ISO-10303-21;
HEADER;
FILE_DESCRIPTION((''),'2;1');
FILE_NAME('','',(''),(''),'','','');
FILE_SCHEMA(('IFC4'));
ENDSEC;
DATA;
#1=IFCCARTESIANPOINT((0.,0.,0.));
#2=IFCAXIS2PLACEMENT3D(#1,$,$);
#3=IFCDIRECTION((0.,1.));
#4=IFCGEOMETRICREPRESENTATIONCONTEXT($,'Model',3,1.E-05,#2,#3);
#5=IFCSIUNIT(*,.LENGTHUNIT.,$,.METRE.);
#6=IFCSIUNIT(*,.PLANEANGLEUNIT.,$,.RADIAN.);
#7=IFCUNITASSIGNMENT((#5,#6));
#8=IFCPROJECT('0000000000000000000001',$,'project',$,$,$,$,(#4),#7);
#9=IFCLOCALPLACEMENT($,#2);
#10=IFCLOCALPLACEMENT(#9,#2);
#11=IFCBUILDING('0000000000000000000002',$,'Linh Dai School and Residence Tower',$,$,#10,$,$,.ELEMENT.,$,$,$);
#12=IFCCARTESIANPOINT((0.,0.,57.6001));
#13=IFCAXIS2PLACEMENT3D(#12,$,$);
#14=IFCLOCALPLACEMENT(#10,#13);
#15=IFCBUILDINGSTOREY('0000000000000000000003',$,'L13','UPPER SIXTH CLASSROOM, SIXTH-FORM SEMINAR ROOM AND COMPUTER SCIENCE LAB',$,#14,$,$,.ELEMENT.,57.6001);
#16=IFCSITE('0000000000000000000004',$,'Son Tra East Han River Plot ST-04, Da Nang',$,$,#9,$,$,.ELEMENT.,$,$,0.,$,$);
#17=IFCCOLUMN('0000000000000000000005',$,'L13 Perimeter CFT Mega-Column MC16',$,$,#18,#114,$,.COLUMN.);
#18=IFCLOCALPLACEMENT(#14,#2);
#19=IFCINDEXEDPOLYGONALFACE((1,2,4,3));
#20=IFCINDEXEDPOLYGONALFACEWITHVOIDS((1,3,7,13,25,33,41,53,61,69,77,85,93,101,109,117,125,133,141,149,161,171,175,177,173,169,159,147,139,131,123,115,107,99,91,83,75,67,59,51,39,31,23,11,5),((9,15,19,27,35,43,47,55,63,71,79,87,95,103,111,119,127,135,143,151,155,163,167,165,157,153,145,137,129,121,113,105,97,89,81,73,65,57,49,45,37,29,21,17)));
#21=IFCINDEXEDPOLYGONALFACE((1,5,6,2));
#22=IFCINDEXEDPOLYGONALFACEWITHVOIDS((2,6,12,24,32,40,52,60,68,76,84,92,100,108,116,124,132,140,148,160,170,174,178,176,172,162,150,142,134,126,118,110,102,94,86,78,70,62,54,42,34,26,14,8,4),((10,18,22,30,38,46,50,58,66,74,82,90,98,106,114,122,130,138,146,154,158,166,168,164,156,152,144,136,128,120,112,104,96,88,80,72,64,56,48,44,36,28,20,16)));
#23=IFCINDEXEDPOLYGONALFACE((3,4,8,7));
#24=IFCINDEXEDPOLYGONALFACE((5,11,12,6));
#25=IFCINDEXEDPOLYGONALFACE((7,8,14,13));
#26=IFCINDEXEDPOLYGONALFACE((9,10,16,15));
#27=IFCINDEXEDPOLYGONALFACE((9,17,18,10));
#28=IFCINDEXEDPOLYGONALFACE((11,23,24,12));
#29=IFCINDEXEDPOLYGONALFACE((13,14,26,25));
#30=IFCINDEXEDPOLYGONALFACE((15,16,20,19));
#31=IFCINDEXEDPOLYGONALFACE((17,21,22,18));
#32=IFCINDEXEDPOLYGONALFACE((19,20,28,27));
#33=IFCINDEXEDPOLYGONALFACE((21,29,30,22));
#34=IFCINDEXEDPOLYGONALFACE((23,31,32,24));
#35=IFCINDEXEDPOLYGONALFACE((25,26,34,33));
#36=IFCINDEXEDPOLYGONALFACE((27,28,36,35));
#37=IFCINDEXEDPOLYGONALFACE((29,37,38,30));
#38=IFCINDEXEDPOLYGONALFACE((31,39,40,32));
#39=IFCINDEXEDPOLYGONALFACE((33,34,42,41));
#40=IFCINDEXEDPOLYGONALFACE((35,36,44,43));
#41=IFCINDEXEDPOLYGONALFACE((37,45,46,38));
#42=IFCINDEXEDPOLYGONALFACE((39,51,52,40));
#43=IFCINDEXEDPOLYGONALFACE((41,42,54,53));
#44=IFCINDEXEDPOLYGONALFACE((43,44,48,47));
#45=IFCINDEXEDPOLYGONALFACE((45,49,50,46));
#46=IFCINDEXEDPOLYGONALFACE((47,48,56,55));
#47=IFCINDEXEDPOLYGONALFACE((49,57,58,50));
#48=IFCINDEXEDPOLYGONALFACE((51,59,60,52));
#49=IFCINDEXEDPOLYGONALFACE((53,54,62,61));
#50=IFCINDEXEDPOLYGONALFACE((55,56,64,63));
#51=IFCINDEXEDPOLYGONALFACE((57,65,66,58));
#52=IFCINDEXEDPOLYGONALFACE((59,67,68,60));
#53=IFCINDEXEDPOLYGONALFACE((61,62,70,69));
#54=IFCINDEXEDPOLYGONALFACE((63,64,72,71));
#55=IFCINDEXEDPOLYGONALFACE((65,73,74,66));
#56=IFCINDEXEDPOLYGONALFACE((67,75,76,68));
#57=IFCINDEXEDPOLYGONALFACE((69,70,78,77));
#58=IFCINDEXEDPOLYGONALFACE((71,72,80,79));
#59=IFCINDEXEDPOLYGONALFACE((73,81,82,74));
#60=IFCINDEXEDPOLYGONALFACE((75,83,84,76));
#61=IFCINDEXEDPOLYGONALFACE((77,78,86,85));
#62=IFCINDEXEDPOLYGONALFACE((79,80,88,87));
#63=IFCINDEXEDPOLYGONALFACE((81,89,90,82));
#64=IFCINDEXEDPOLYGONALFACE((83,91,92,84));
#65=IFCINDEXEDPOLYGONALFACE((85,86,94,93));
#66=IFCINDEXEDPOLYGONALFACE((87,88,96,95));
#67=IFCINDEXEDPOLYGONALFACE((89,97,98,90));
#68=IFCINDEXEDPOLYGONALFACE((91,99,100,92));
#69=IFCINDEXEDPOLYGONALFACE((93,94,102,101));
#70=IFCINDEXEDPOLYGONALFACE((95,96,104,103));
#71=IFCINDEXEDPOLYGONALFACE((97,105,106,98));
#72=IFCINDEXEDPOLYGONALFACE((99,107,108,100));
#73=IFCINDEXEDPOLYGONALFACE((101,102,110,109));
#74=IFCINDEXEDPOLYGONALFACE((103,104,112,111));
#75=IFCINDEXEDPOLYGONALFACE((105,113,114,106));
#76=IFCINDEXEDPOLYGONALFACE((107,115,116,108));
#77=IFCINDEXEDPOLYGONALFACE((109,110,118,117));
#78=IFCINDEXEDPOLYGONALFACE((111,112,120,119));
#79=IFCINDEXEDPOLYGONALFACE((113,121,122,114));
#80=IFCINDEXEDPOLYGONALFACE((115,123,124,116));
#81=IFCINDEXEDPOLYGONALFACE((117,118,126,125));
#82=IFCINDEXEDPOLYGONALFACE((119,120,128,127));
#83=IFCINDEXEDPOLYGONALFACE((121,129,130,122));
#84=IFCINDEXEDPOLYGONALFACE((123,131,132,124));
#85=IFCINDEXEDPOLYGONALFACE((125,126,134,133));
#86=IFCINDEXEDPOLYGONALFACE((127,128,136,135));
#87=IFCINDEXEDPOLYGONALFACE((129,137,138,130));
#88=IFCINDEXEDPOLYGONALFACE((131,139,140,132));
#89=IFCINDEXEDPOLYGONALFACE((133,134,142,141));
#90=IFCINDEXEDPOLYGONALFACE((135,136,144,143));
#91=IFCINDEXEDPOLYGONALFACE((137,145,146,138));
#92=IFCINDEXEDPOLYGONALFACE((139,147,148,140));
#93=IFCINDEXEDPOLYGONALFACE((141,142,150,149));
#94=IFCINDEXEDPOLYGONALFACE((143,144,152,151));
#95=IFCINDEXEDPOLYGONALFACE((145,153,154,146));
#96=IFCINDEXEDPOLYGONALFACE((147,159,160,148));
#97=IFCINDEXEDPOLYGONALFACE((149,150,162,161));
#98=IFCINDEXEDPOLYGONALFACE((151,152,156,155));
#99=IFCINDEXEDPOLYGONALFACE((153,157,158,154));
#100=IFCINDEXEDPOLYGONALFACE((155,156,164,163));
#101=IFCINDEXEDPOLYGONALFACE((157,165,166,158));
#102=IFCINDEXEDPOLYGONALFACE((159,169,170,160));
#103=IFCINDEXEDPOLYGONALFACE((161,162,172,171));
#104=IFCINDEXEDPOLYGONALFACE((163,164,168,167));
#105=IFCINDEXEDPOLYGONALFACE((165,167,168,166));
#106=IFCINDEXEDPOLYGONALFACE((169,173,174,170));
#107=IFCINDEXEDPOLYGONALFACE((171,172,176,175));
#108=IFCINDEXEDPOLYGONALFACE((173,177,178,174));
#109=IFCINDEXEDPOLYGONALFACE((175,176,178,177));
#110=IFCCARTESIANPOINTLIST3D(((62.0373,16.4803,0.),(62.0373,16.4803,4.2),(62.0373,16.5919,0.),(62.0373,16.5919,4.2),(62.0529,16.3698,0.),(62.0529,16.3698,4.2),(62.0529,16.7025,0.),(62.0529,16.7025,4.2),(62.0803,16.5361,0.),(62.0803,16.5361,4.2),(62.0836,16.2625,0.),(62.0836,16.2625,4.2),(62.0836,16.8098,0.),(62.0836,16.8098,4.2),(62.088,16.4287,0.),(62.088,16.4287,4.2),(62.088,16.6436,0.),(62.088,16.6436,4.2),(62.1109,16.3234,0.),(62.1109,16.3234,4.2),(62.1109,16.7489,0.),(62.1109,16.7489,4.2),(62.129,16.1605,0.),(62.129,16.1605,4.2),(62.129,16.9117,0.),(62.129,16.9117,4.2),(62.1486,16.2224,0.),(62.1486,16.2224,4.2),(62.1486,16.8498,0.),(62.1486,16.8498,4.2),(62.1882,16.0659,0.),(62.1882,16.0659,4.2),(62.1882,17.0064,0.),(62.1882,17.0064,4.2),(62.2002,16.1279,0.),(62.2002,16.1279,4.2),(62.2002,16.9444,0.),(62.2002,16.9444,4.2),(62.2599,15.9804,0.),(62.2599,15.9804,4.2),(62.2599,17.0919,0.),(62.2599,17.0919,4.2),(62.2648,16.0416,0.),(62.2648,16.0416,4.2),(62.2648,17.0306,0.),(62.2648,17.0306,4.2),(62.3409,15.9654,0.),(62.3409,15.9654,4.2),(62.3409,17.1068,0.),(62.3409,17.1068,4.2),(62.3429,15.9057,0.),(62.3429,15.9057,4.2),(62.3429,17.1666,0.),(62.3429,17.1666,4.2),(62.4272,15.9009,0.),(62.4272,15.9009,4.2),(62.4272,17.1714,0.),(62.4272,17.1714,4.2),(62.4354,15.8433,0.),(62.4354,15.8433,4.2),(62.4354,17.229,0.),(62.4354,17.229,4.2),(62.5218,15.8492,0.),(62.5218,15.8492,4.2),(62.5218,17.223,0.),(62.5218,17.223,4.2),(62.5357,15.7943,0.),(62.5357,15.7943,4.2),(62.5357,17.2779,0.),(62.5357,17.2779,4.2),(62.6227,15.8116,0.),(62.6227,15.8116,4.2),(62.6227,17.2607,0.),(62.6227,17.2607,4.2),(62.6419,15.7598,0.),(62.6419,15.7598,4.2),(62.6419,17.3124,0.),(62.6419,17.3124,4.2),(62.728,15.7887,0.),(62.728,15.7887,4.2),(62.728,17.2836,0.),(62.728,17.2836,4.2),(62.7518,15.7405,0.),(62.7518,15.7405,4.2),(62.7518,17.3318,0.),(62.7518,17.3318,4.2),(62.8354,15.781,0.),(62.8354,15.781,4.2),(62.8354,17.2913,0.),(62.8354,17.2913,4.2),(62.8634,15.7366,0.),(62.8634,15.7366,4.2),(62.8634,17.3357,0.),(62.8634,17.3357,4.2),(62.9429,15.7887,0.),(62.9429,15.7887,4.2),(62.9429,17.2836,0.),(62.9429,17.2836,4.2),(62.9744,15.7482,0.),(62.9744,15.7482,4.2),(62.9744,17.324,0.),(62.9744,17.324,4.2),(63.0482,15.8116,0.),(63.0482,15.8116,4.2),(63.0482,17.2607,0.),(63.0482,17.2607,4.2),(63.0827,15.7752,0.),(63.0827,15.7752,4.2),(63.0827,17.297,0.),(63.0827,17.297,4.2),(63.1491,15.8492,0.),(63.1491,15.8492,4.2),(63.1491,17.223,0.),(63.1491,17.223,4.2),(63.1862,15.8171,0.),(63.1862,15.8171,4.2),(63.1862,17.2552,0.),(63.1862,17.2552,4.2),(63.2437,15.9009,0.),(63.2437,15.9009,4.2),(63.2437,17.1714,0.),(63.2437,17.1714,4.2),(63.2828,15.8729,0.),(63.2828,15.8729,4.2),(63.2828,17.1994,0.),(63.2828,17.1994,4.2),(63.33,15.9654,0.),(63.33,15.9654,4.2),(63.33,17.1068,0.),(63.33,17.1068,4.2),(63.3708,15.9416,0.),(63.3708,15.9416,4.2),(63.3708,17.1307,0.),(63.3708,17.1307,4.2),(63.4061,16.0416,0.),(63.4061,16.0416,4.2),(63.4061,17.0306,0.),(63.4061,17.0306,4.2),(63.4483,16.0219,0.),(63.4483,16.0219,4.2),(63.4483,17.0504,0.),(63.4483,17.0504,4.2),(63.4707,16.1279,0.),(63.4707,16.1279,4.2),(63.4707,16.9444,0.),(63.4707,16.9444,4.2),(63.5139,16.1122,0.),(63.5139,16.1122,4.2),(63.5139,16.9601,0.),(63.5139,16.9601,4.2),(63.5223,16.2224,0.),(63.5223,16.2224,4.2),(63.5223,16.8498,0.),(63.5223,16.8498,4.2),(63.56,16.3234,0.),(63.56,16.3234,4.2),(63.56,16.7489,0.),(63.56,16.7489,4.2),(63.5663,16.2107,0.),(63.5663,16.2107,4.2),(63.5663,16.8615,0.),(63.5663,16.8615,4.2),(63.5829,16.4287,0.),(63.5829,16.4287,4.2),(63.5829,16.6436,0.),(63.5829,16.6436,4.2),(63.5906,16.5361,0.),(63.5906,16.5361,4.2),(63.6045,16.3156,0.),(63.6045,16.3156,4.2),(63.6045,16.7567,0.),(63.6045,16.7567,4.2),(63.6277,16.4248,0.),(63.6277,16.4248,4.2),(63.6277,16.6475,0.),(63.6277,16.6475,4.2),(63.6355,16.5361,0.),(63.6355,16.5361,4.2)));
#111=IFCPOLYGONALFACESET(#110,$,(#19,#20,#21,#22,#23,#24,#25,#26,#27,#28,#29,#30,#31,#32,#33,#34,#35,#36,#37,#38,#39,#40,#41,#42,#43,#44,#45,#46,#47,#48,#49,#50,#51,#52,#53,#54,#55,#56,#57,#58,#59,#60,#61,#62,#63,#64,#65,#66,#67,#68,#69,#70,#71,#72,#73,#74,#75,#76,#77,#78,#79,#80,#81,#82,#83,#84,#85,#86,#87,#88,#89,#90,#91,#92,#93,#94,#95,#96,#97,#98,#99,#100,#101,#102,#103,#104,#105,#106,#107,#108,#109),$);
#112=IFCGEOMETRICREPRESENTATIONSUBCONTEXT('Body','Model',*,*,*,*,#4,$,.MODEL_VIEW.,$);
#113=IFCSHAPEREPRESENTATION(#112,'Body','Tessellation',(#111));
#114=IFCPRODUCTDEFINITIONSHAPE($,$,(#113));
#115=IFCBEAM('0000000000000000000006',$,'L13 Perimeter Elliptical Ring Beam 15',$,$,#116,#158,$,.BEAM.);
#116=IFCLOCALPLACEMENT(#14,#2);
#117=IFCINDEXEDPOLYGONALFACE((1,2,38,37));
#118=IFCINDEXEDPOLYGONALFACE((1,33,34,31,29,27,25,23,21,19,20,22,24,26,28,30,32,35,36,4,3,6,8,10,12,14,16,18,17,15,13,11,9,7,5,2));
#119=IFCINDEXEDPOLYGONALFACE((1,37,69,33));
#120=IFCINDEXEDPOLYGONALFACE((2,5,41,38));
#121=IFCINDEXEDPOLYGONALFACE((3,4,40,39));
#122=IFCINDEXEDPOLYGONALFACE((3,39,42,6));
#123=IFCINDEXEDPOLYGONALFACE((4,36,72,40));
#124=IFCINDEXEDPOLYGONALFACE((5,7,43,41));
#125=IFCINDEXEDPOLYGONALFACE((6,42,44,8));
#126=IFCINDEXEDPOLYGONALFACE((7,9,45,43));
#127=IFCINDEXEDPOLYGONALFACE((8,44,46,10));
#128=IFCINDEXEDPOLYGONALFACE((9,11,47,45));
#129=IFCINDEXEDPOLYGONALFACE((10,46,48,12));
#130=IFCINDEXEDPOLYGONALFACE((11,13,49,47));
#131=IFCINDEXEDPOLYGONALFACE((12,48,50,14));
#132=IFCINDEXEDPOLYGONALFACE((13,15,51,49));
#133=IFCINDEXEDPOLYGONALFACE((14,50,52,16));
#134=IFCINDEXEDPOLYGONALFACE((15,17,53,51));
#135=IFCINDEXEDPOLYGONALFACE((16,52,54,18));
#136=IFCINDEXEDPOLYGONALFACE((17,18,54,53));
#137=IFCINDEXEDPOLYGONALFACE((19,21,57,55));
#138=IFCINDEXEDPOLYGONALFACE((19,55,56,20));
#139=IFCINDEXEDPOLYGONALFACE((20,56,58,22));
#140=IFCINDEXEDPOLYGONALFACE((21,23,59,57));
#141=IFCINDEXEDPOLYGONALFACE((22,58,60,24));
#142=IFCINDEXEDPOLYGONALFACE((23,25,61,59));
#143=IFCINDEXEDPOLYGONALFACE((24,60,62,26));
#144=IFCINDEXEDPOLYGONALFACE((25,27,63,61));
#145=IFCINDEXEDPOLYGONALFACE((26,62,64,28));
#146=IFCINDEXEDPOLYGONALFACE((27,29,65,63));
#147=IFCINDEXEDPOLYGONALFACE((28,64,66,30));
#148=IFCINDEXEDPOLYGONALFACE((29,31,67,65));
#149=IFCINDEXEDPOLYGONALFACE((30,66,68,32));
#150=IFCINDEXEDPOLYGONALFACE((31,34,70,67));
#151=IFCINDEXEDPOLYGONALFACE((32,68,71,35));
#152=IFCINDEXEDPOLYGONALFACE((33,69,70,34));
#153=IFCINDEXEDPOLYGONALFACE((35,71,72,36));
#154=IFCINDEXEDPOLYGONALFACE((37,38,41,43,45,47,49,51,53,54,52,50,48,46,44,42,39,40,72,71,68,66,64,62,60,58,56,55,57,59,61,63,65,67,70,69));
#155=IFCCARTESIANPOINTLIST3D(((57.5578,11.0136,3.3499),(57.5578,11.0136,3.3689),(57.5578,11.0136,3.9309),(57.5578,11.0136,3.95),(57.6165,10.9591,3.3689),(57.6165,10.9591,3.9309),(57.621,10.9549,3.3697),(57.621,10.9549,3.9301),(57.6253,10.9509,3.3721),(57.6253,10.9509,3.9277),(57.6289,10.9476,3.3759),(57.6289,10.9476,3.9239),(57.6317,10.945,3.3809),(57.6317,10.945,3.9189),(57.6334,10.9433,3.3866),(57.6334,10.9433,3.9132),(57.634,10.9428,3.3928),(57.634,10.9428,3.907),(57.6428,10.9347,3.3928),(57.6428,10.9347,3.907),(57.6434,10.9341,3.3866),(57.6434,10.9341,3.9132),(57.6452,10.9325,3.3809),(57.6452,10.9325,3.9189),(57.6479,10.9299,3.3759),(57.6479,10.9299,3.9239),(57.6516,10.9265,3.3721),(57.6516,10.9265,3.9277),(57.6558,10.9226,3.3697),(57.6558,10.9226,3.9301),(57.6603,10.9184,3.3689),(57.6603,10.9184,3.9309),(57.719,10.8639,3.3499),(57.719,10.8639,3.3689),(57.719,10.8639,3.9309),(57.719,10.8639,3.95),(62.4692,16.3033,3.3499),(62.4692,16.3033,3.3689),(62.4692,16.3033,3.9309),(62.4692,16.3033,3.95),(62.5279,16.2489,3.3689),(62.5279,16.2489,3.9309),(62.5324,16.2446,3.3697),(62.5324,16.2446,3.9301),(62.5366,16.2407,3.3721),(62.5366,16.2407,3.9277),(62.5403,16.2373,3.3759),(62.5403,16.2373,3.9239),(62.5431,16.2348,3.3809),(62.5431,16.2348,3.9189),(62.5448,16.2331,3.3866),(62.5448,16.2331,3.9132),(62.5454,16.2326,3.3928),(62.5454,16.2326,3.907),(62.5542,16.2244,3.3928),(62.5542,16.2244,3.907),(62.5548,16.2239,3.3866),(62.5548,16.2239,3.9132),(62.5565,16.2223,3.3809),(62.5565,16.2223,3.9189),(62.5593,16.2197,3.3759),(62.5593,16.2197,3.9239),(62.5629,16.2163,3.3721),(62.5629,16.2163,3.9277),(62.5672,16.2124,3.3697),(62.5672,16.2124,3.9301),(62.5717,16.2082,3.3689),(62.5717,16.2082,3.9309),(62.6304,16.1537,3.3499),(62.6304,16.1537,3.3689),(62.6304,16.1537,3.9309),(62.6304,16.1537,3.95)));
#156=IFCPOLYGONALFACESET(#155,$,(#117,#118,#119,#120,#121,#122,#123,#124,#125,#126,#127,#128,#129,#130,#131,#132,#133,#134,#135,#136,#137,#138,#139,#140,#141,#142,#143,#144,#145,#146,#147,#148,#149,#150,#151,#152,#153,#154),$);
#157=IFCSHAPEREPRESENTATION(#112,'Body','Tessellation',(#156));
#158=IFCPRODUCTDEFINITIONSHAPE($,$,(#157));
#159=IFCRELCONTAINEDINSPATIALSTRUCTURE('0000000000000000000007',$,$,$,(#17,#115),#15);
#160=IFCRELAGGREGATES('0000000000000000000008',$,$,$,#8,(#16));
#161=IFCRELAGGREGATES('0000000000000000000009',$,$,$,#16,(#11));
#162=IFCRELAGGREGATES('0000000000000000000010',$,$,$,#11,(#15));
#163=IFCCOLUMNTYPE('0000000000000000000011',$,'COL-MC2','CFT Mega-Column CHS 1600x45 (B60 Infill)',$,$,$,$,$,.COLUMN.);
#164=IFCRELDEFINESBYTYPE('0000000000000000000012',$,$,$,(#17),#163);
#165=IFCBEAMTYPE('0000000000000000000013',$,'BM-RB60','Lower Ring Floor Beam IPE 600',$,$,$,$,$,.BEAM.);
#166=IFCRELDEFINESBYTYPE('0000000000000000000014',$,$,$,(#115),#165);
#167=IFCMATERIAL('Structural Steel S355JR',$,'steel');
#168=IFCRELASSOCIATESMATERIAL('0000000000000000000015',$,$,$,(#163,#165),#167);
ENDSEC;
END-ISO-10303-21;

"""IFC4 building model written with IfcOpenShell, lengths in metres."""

from ifc_helpers import new_model, si_unit, direction, frame, origin, origin_2d, place, context, subcontext, project, spatial, hollow_circle, i_section, extrude, material, material_profile, profile_set, type_object, element, save


model = new_model("IFC4")

# Units and contexts
model_context = context("Model", 3, precision=1e-05, world=origin(), true_north=direction((0.0, 1.0)))
body_context = subcontext(model_context, "Body", "Model", "MODEL_VIEW")
ifc_project = project(units=[si_unit("LENGTHUNIT", "METRE"), si_unit("PLANEANGLEUNIT", "RADIAN")], contexts=[model_context])

# Site, building, storey
site_placement = place(None, origin())
site = spatial("IfcSite", under=ifc_project, at=site_placement, Name="Son Tra East Han River Plot ST-04, Da Nang", CompositionType="ELEMENT", RefElevation=0.0)
building_placement = place(site_placement, origin())
building = spatial("IfcBuilding", under=site, at=building_placement, Name="Linh Dai School and Residence Tower", CompositionType="ELEMENT")
storey_placement = place(building_placement, frame((0.0, 0.0, 57.6001)))
storey = spatial("IfcBuildingStorey", under=building, at=storey_placement, Name="L13", Description="UPPER SIXTH CLASSROOM, SIXTH-FORM SEMINAR ROOM AND COMPUTER SCIENCE LAB", CompositionType="ELEMENT", Elevation=57.6001)

# Column
ifc_material_1 = material(Name="Structural Steel S355JR", Category="steel")
ifc_material_profile_1 = material_profile(ifc_material_1, hollow_circle(Radius=0.8, WallThickness=0.0449, at=origin_2d()), Name="CHS 1600x45")
ifc_profile_set_1 = profile_set([ifc_material_profile_1], Name="Structural Steel S355JR")
column_type_1 = type_object("IfcColumnType", Name="COL-MC2", Description="CFT Mega-Column CHS 1600x45 (B60 Infill)", PredefinedType="COLUMN", material=ifc_profile_set_1)
for number, where, z_axis, x_axis, name in (
    (1, (62.8354, 16.5361, 0.0), (0.0, 0.0, 1.0), (1.0, 0.0, 0.0), "L13 Perimeter CFT Mega-Column MC16"),
):
    element("IfcColumn", number, at=place(storey_placement, frame(where, z_axis=z_axis, x_axis=x_axis)), inside=storey, type_object=column_type_1, Name=name, PredefinedType="COLUMN", context=body_context, shape_type="SweptSolid", body=[
        extrude(hollow_circle(Radius=0.8, WallThickness=0.0449, at=origin_2d()), origin(), (0.0, 0.0, 1.0), 4.2),
    ])

# Beam
ifc_material_profile_2 = material_profile(ifc_material_1, i_section(OverallWidth=0.22, OverallDepth=0.6001, WebThickness=0.012, FlangeThickness=0.019, FilletRadius=0.0239, at=origin_2d()), Name="IPE 600")
ifc_profile_set_2 = profile_set([ifc_material_profile_2], Name="Structural Steel S355JR")
beam_type_1 = type_object("IfcBeamType", Name="BM-RB60", Description="Lower Ring Floor Beam IPE 600", PredefinedType="BEAM", material=ifc_profile_set_2)
beam_1_placement = place(storey_placement, frame((57.6384, 10.9387, 3.6499), z_axis=(0.680408, 0.732833, 0.0), x_axis=(-0.732833, 0.680408, 0.0)))
element("IfcBeam", 2, at=beam_1_placement, inside=storey, type_object=beam_type_1, Name="L13 Perimeter Elliptical Ring Beam 15", PredefinedType="BEAM", context=body_context, shape_type="SweptSolid", body=[
    extrude(i_section(OverallWidth=0.22, OverallDepth=0.6001, WebThickness=0.012, FlangeThickness=0.019, FilletRadius=0.0239, at=origin_2d()), origin(), (0.0, 0.0, 1.0), 7.2183),
])

save(model, "model.ifc")
